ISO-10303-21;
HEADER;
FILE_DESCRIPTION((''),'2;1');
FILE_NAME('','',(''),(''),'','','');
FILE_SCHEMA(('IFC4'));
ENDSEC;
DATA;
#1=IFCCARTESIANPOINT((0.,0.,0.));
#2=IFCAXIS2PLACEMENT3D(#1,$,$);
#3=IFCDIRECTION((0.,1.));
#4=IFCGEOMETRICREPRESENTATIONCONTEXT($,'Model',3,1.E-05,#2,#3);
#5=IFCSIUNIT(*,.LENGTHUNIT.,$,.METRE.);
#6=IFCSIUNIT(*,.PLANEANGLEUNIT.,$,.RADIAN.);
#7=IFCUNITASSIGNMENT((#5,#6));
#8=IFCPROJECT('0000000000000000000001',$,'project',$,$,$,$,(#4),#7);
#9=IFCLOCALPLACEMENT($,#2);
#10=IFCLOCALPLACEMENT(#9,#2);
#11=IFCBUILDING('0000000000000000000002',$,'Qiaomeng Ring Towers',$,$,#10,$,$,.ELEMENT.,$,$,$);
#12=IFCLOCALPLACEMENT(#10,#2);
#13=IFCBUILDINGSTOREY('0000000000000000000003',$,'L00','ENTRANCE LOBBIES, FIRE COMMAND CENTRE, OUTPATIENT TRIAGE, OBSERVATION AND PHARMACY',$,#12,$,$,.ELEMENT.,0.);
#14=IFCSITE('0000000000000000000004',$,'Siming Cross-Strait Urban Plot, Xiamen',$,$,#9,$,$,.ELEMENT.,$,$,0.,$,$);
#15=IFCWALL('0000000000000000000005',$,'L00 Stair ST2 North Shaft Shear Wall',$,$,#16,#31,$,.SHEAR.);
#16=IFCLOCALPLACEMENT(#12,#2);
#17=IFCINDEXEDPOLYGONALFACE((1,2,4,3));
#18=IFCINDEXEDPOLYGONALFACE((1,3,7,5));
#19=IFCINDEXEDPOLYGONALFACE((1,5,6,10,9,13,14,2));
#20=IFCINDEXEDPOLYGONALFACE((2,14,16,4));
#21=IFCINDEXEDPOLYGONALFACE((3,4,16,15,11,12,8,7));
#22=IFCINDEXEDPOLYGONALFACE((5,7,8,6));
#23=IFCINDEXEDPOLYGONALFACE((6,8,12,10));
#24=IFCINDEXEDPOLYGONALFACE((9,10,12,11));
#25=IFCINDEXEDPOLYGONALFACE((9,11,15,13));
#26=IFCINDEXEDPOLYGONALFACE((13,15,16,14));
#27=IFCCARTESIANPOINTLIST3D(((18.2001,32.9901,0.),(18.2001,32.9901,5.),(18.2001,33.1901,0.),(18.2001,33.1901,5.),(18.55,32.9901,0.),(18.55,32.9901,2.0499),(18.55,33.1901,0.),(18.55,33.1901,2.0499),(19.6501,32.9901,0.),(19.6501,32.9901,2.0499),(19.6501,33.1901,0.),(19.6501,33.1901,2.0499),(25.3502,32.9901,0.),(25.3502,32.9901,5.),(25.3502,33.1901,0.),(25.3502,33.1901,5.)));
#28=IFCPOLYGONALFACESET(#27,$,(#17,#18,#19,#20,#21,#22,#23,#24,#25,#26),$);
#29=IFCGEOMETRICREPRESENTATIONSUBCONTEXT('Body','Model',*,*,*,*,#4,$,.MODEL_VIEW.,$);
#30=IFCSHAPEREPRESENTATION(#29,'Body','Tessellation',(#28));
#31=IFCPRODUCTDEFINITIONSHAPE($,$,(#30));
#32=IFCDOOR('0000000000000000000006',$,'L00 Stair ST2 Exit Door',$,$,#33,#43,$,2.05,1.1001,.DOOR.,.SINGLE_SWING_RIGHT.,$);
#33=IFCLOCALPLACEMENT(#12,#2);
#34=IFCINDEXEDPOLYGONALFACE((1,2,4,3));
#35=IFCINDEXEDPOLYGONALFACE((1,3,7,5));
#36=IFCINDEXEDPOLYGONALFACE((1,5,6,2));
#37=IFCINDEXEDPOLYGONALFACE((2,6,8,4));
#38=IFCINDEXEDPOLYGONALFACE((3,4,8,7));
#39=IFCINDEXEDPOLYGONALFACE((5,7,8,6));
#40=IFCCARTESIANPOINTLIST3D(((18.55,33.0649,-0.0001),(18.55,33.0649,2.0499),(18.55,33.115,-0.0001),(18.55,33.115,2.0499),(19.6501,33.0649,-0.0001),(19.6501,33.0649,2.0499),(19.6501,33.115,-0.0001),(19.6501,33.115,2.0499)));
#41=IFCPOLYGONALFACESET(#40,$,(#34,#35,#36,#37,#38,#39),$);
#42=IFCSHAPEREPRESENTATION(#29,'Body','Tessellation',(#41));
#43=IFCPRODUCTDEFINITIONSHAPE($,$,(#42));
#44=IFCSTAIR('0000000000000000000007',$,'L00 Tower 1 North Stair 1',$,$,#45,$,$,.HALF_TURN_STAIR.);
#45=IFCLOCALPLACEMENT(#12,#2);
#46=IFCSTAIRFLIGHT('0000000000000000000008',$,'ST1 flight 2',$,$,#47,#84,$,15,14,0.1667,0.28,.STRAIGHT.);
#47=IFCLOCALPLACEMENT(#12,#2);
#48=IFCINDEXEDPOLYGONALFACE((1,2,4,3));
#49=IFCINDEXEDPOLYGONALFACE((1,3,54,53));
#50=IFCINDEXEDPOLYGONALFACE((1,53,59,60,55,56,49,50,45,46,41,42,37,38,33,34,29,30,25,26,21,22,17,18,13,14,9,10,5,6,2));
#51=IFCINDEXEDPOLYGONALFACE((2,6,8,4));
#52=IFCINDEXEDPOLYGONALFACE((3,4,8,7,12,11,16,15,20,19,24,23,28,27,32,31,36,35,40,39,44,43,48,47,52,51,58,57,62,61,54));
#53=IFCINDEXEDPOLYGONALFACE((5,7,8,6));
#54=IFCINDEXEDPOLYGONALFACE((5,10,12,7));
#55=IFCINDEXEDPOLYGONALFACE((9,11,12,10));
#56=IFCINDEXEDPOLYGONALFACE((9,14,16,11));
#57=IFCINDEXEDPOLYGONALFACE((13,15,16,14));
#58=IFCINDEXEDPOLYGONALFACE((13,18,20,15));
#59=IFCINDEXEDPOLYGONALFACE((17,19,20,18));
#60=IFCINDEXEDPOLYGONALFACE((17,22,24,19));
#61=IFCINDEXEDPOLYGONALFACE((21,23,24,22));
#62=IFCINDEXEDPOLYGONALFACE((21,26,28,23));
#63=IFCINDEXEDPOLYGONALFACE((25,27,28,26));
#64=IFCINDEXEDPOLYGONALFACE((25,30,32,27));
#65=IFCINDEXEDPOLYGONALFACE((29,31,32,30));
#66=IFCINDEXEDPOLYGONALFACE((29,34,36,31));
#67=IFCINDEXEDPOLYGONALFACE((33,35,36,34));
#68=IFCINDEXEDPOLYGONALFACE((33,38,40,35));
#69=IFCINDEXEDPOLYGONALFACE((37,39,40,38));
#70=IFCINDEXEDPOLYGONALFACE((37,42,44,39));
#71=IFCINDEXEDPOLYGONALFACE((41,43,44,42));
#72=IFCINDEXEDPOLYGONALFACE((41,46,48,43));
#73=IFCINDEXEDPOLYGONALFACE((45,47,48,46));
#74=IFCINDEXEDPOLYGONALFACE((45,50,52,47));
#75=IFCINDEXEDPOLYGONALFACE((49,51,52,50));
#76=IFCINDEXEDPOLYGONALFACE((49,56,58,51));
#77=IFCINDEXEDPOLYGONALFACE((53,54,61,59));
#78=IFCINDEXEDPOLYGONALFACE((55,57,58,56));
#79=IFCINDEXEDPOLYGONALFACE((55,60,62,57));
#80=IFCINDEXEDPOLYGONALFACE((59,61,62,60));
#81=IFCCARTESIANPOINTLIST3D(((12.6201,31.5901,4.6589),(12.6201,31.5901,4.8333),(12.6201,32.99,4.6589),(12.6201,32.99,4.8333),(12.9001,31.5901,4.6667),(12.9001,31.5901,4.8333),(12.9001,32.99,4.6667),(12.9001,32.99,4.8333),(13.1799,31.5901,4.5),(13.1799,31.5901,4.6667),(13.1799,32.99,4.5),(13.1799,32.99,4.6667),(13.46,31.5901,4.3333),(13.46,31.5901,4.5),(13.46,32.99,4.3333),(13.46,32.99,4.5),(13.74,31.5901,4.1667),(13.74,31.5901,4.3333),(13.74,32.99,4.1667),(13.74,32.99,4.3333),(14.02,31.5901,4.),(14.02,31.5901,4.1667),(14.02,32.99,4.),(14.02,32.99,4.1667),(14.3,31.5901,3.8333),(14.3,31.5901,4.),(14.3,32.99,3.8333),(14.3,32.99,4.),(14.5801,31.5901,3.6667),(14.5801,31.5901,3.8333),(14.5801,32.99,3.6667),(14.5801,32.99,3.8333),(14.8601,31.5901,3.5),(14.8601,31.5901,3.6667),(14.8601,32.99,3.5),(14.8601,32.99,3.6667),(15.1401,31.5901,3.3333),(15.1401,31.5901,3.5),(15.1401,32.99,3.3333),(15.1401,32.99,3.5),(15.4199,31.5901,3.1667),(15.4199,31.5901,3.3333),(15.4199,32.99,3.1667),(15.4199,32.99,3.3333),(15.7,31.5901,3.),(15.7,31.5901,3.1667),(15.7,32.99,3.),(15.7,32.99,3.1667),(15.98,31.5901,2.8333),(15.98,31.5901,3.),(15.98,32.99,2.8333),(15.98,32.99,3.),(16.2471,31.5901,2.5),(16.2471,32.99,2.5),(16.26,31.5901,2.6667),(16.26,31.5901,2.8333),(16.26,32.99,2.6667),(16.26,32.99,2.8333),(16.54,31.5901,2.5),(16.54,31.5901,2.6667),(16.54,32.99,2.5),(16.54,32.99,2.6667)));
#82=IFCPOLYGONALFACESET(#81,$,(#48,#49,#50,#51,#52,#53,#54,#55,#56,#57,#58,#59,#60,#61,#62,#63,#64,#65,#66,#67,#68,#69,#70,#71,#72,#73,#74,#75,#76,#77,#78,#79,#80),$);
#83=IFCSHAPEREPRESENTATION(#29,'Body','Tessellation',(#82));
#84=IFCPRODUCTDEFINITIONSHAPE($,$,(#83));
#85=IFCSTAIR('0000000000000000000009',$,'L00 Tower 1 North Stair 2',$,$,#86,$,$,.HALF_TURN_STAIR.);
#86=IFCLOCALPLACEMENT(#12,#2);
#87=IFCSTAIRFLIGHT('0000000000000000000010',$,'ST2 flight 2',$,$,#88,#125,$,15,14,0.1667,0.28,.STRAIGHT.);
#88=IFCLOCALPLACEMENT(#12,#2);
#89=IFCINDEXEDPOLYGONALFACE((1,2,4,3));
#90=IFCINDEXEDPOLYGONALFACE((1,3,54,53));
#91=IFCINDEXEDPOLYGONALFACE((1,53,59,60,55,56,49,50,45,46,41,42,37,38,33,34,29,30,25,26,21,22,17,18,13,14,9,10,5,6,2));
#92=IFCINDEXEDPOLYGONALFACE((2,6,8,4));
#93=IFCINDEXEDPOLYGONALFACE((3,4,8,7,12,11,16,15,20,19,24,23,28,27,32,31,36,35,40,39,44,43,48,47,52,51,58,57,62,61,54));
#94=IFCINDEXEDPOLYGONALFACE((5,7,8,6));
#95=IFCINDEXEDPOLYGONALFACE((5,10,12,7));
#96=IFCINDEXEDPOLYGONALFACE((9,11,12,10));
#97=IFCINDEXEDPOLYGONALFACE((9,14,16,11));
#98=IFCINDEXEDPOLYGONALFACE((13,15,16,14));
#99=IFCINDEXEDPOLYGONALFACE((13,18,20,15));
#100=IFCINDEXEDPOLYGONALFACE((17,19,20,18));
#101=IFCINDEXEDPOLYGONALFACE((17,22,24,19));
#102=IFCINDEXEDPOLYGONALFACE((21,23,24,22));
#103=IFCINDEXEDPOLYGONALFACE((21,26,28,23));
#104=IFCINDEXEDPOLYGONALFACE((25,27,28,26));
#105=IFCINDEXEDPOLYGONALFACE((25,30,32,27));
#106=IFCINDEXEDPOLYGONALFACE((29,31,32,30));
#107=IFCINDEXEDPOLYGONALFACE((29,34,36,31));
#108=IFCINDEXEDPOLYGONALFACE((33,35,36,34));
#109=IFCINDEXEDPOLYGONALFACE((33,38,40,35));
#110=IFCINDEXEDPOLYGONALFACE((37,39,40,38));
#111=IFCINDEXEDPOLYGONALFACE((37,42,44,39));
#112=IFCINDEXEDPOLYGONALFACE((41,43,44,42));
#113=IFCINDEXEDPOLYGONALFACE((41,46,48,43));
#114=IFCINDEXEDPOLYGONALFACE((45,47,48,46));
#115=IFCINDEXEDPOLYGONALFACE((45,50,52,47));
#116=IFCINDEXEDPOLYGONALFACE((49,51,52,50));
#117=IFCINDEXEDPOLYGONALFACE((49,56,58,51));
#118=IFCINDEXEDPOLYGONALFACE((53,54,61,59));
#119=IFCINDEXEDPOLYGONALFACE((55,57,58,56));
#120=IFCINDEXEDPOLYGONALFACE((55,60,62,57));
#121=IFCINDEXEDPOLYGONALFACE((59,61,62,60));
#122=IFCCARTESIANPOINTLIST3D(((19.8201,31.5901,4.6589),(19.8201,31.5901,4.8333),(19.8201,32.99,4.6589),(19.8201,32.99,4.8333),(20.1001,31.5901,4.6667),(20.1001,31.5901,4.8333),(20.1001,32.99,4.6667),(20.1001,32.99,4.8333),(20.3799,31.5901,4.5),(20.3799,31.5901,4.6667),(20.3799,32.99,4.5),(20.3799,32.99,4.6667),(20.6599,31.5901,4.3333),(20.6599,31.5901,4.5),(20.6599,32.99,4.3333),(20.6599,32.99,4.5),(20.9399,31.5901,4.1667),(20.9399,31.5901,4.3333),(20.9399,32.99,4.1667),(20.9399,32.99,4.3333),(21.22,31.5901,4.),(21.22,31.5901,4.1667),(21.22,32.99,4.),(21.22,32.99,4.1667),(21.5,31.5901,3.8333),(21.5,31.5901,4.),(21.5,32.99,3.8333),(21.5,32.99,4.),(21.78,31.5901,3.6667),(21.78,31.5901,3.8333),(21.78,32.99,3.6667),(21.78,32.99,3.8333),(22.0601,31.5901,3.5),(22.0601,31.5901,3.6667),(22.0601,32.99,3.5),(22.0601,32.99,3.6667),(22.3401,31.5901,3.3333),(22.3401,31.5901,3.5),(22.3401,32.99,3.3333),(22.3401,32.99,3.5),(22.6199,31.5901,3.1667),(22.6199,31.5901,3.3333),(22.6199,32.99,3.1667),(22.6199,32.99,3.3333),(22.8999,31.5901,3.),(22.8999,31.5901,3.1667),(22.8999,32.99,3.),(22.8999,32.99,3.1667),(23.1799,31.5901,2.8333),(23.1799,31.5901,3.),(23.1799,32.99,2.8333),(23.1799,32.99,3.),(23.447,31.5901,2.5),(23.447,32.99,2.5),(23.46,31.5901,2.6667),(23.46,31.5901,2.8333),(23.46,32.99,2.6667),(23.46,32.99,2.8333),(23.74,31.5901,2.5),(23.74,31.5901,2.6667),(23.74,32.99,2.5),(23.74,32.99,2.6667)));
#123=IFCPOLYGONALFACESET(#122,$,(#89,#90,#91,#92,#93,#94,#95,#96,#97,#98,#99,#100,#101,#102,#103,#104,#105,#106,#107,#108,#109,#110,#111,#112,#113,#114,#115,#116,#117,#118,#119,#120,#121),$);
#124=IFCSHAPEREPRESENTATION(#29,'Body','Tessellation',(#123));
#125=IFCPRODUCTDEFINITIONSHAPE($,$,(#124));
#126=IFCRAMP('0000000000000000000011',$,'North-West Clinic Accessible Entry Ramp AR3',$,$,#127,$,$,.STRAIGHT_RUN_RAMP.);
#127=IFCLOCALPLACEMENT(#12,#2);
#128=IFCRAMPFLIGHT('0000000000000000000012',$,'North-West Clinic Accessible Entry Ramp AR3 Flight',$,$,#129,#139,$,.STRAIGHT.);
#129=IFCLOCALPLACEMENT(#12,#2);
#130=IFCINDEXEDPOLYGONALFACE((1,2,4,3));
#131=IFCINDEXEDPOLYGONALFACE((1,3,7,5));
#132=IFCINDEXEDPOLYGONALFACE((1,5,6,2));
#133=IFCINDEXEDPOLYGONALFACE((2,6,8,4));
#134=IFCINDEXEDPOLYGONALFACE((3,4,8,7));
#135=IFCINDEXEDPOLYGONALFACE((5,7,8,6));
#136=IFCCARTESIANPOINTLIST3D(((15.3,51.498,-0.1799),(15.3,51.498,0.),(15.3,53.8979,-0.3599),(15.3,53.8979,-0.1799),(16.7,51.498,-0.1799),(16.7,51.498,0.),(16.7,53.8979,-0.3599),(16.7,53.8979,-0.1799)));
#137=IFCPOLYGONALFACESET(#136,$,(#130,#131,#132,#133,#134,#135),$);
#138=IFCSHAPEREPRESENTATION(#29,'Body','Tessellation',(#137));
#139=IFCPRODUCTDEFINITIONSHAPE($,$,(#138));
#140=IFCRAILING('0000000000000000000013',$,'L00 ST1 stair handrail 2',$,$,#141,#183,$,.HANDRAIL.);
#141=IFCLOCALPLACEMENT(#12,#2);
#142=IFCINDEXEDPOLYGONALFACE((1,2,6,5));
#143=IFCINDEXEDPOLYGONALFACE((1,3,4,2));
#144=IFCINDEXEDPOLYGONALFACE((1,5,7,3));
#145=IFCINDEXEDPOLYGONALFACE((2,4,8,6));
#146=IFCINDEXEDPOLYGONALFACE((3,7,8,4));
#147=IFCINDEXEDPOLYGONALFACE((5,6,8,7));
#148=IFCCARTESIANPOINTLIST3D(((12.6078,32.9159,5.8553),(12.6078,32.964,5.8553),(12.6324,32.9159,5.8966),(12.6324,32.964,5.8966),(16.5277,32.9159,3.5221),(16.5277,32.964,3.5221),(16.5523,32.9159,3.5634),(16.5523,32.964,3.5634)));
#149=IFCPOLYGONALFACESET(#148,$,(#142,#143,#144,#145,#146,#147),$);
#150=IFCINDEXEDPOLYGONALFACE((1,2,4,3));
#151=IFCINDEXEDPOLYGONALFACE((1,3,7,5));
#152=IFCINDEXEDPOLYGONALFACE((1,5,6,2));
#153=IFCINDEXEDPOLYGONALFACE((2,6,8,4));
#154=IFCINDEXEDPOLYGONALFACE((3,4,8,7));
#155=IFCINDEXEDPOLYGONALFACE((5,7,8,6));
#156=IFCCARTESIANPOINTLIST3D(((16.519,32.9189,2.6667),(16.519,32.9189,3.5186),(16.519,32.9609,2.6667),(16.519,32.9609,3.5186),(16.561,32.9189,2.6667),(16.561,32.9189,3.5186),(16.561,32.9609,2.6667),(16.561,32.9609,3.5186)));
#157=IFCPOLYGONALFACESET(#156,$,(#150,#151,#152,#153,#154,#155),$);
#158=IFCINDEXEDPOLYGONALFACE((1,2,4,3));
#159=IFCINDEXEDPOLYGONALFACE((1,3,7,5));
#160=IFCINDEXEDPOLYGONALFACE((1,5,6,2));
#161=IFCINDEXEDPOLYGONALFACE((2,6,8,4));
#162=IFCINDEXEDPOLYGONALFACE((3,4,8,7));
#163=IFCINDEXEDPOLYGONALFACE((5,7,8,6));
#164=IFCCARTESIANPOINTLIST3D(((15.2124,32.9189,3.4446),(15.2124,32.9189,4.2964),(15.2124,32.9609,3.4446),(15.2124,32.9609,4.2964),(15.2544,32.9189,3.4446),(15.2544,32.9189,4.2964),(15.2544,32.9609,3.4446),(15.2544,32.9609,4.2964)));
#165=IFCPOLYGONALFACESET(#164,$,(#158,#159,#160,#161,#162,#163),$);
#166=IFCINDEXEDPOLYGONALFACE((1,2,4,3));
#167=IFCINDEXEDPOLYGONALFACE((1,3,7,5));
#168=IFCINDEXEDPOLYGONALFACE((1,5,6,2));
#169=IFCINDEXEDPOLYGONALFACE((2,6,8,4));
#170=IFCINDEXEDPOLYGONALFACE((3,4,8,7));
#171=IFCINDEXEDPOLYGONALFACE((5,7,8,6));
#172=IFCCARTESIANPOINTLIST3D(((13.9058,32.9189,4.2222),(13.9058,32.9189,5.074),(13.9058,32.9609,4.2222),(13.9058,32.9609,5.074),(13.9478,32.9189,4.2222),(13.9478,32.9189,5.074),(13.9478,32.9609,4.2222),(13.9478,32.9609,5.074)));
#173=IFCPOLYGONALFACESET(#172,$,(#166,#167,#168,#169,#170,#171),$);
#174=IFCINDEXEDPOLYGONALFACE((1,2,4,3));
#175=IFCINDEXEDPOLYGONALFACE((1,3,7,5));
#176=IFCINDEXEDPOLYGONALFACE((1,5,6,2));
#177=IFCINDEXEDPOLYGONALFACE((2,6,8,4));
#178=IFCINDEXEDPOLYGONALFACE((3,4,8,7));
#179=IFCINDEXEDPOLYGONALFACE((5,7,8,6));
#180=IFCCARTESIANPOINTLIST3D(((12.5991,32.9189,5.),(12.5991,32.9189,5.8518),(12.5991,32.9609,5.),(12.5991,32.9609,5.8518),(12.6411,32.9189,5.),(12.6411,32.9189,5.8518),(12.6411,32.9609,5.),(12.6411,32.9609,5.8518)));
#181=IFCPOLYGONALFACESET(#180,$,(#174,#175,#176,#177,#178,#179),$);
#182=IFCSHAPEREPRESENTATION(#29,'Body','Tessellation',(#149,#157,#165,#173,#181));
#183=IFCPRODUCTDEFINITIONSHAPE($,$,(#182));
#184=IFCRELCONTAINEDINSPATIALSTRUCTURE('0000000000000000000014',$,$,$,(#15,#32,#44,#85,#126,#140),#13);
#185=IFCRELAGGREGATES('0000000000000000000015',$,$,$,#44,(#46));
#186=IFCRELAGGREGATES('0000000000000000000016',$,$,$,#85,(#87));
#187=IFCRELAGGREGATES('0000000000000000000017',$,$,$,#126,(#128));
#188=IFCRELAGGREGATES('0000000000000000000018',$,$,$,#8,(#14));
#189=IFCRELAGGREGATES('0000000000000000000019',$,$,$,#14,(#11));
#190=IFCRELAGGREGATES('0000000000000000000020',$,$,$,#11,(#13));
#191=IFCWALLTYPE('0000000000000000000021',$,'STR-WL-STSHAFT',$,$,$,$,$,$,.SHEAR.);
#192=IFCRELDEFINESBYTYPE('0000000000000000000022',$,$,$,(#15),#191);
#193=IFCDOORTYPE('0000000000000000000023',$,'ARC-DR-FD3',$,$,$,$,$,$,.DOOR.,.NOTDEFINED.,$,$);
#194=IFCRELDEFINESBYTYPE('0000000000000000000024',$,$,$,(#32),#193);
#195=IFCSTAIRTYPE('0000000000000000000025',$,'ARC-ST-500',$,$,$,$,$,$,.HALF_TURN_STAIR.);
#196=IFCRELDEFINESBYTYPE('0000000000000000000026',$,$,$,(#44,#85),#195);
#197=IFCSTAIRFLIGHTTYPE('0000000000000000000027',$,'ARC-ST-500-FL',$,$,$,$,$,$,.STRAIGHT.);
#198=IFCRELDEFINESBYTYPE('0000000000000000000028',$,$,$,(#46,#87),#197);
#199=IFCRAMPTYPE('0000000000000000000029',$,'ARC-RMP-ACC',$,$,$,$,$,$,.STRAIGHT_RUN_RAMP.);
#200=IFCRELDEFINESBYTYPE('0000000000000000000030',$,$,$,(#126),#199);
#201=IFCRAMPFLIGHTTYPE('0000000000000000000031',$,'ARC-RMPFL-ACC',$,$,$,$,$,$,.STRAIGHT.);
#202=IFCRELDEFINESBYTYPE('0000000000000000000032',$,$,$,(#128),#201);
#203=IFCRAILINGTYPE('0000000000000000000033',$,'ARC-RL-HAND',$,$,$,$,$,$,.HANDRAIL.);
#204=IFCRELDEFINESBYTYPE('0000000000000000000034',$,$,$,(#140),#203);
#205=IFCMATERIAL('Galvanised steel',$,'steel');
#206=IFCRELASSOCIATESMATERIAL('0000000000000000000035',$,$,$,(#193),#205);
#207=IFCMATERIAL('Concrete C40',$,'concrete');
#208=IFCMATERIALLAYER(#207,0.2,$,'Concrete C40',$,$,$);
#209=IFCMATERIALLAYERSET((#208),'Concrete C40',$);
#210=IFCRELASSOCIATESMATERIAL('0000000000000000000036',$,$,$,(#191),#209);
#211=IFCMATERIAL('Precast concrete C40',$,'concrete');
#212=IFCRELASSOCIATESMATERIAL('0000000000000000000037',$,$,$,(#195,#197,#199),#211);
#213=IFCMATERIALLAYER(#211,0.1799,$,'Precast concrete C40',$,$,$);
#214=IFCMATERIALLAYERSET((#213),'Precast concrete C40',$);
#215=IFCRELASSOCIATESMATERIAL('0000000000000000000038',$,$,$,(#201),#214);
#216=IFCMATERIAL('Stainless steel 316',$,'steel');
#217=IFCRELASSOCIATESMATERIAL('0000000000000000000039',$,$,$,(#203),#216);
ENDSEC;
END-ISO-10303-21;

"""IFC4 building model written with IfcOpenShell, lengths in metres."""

from ifc_helpers import new_model, si_unit, direction, frame, frame_2d, origin, origin_2d, place, context, subcontext, project, spatial, polyline, rectangle, outline, extrude, source, transform, mapped, material, layer, layer_set, type_object, element, fill, aggregate, save


model = new_model("IFC4")

# Units and contexts
model_context = context("Model", 3, precision=1e-05, world=origin(), true_north=direction((0.0, 1.0)))
body_context = subcontext(model_context, "Body", "Model", "MODEL_VIEW")
ifc_project = project(units=[si_unit("LENGTHUNIT", "METRE"), si_unit("PLANEANGLEUNIT", "RADIAN")], contexts=[model_context])

# Site, building, storey
site_placement = place(None, origin())
site = spatial("IfcSite", under=ifc_project, at=site_placement, Name="Siming Cross-Strait Urban Plot, Xiamen", CompositionType="ELEMENT", RefElevation=0.0)
building_placement = place(site_placement, origin())
building = spatial("IfcBuilding", under=site, at=building_placement, Name="Qiaomeng Ring Towers", CompositionType="ELEMENT")
storey_placement = place(building_placement, origin())
storey = spatial("IfcBuildingStorey", under=building, at=storey_placement, Name="L00", Description="ENTRANCE LOBBIES, FIRE COMMAND CENTRE, OUTPATIENT TRIAGE, OBSERVATION AND PHARMACY", CompositionType="ELEMENT", Elevation=0.0)

# Shared definitions
ifc_material_1 = material(Name="Precast concrete C40", Category="concrete")

# Shared definitions
ifc_material_2 = material(Name="Galvanised steel", Category="steel")
door_type_1 = type_object("IfcDoorType", Name="ARC-DR-FD3", OperationType="NOTDEFINED", PredefinedType="DOOR", material=ifc_material_2)
shared_shape_1 = source(origin(), body_context, "Body", "SweptSolid", [
    extrude(rectangle(XDim=1.1001, YDim=2.05, at=frame_2d((0.55, 1.0249))), frame((0.0, 0.0249, 0.0), z_axis=(0.0, -1.0, 0.0), x_axis=(1.0, 0.0, 0.0)), (0.0, 0.0, 1.0), 0.05),
])

# Shared definitions
ifc_material_3 = material(Name="Concrete C40", Category="concrete")
ifc_layer_1 = layer(ifc_material_3, 0.2, Name="Concrete C40")
ifc_layer_set_1 = layer_set([ifc_layer_1], Name="Concrete C40")
wall_type_1 = type_object("IfcWallType", Name="STR-WL-STSHAFT", PredefinedType="SHEAR", material=ifc_layer_set_1)

# Wall, opening, door
wall_1_placement = place(storey_placement, frame((18.2, 33.0901, 0.0), z_axis=(0.0, 0.0, 1.0), x_axis=(1.0, 0.0, 0.0)))
wall_1 = element("IfcWall", 1, at=wall_1_placement, inside=storey, type_object=wall_type_1, Name="L00 Stair ST2 North Shaft Shear Wall", PredefinedType="SHEAR", context=body_context, shape_type="SweptSolid", body=[
    extrude(rectangle(XDim=7.1501, YDim=0.2, at=frame_2d((3.5752, 0.0))), origin(), (0.0, 0.0, 1.0), 5.0),
])
opening_1_placement = place(wall_1_placement, frame((0.3501, 0.0, 0.0)))
opening_1 = element("IfcOpeningElement", 2, at=opening_1_placement, cuts=wall_1, PredefinedType="OPENING", context=body_context, shape_type="SweptSolid", body=[
    extrude(rectangle(XDim=1.1001, YDim=2.05, at=frame_2d((0.55, 1.0249))), frame((0.0, 0.1099, 0.0), z_axis=(0.0, -1.0, 0.0), x_axis=(1.0, 0.0, 0.0)), (0.0, 0.0, 1.0), 0.22),
])
door_1_placement = place(opening_1_placement, origin())
door_1 = element("IfcDoor", 3, at=door_1_placement, inside=storey, type_object=door_type_1, Name="L00 Stair ST2 Exit Door", OperationType="SINGLE_SWING_RIGHT", OverallHeight=2.05, OverallWidth=1.1001, PredefinedType="DOOR", context=body_context, shape_type="MappedRepresentation", body=[
    mapped(shared_shape_1, transform((0.0, 0.0, 0.0), x_axis=(1.0, 0.0, 0.0), y_axis=(0.0, 1.0, 0.0), z_axis=(0.0, 0.0, 1.0), scale=1.0)),
])
fill(opening_1, door_1)

# Stairs, stair flights
stair_type = type_object("IfcStairType", Name="ARC-ST-500", PredefinedType="HALF_TURN_STAIR", material=ifc_material_1)
stair_1_placement = place(storey_placement, origin())
stair_1 = element("IfcStair", 4, at=stair_1_placement, inside=storey, type_object=stair_type, Name="L00 Tower 1 North Stair 1", PredefinedType="HALF_TURN_STAIR")
stair_flight_type = type_object("IfcStairFlightType", Name="ARC-ST-500-FL", PredefinedType="STRAIGHT", material=ifc_material_1)
shared_shape_2 = source(origin(), body_context, "Body", "SweptSolid", [
    extrude(outline(polyline([(0.0, 0.0), (0.0, 0.1667), (0.28, 0.1667), (0.28, 0.3333), (0.5601, 0.3333), (0.5601, 0.5), (0.8401, 0.5), (0.8401, 0.6667), (1.1201, 0.6667), (1.1201, 0.8333), (1.3999, 0.8333), (1.3999, 1.0), (1.6799, 1.0), (1.6799, 1.1667), (1.96, 1.1667), (1.96, 1.3333), (2.24, 1.3333), (2.24, 1.5), (2.52, 1.5), (2.52, 1.6667), (2.8, 1.6667), (2.8, 1.8333), (3.0801, 1.8333), (3.0801, 2.0), (3.3601, 2.0), (3.3601, 2.1667), (3.6399, 2.1667), (3.6399, 2.3333), (3.9199, 2.3333), (3.9199, 2.5), (3.9199, 2.1589), (0.293, 0.0), (0.0, 0.0)])), frame((0.0, 0.7, 0.0), z_axis=(0.0, -1.0, 0.0), x_axis=(1.0, 0.0, 0.0)), (0.0, 0.0, 1.0), 1.3999),
])
stair_flight_1_placement = place(storey_placement, frame((16.54, 32.29, 2.5), z_axis=(0.0, 0.0, 1.0), x_axis=(-1.0, 0.0, 0.0)))
stair_flight_1 = element("IfcStairFlight", 5, at=stair_flight_1_placement, type_object=stair_flight_type, Name="ST1 flight 2", NumberOfRisers=15, NumberOfTreads=14, PredefinedType="STRAIGHT", RiserHeight=0.1667, TreadLength=0.28, context=body_context, shape_type="MappedRepresentation", body=[
    mapped(shared_shape_2, transform((0.0, 0.0, 0.0), x_axis=(1.0, 0.0, 0.0), y_axis=(0.0, 1.0, 0.0), z_axis=(0.0, 0.0, 1.0), scale=1.0)),
])
aggregate(stair_1, [stair_flight_1])
stair_2_placement = place(storey_placement, origin())
stair_2 = element("IfcStair", 6, at=stair_2_placement, inside=storey, type_object=stair_type, Name="L00 Tower 1 North Stair 2", PredefinedType="HALF_TURN_STAIR")
stair_flight_2_placement = place(storey_placement, frame((23.74, 32.29, 2.5), z_axis=(0.0, 0.0, 1.0), x_axis=(-1.0, 0.0, 0.0)))
stair_flight_2 = element("IfcStairFlight", 7, at=stair_flight_2_placement, type_object=stair_flight_type, Name="ST2 flight 2", NumberOfRisers=15, NumberOfTreads=14, PredefinedType="STRAIGHT", RiserHeight=0.1667, TreadLength=0.28, context=body_context, shape_type="MappedRepresentation", body=[
    mapped(shared_shape_2, transform((0.0, 0.0, 0.0), x_axis=(1.0, 0.0, 0.0), y_axis=(0.0, 1.0, 0.0), z_axis=(0.0, 0.0, 1.0), scale=1.0)),
])
aggregate(stair_2, [stair_flight_2])

# Ramp, ramp flight
ramp_type = type_object("IfcRampType", Name="ARC-RMP-ACC", PredefinedType="STRAIGHT_RUN_RAMP", material=ifc_material_1)
ramp_placement = place(storey_placement, origin())
ramp = element("IfcRamp", 8, at=ramp_placement, inside=storey, type_object=ramp_type, Name="North-West Clinic Accessible Entry Ramp AR3", PredefinedType="STRAIGHT_RUN_RAMP")
ifc_layer_2 = layer(ifc_material_1, 0.1799, Name="Precast concrete C40")
ifc_layer_set_2 = layer_set([ifc_layer_2], Name="Precast concrete C40")
ramp_flight_type = type_object("IfcRampFlightType", Name="ARC-RMPFL-ACC", PredefinedType="STRAIGHT", material=ifc_layer_set_2)
ramp_flight_placement = place(storey_placement, frame((16.0, 53.8979, -0.1799), z_axis=(0.0, 0.0, 1.0), x_axis=(0.0, -1.0, 0.0)))
ramp_flight = element("IfcRampFlight", 9, at=ramp_flight_placement, type_object=ramp_flight_type, Name="North-West Clinic Accessible Entry Ramp AR3 Flight", PredefinedType="STRAIGHT", context=body_context, shape_type="SweptSolid", body=[
    extrude(outline(polyline([(0.0, 0.0), (2.3999, 0.1799), (2.3999, 0.0), (0.0, -0.1799), (0.0, 0.0)])), frame((0.0, 0.7, 0.0), z_axis=(0.0, -1.0, 0.0), x_axis=(1.0, 0.0, 0.0)), (0.0, 0.0, 1.0), 1.3999),
])
aggregate(ramp, [ramp_flight])

# Railing
ifc_material_4 = material(Name="Stainless steel 316", Category="steel")
railing_type = type_object("IfcRailingType", Name="ARC-RL-HAND", PredefinedType="HANDRAIL", material=ifc_material_4)
for number, where, name in (
    (10, (16.54, 32.9399, 2.6667), "L00 ST1 stair handrail 2"),
):
    element("IfcRailing", number, at=place(storey_placement, frame(where)), inside=storey, type_object=railing_type, Name=name, PredefinedType="HANDRAIL", context=body_context, shape_type="SweptSolid", body=[
        extrude(rectangle(XDim=0.0481, YDim=0.0481, at=origin_2d()), frame((0.0, 0.0, 0.876), z_axis=(-0.859296, 0.0, 0.511478), x_axis=(0.0, -1.0, 0.0)), (0.0, 0.0, 1.0), 4.5618),
        extrude(rectangle(XDim=0.042, YDim=0.042, at=origin_2d()), origin(), (0.0, 0.0, 1.0), 0.8518),
        extrude(rectangle(XDim=0.042, YDim=0.042, at=origin_2d()), frame((-1.3066, 0.0, 0.7778)), (0.0, 0.0, 1.0), 0.8518),
        extrude(rectangle(XDim=0.042, YDim=0.042, at=origin_2d()), frame((-2.6133, 0.0, 1.5554)), (0.0, 0.0, 1.0), 0.8518),
        extrude(rectangle(XDim=0.042, YDim=0.042, at=origin_2d()), frame((-3.9199, 0.0, 2.3333)), (0.0, 0.0, 1.0), 0.8518),
    ])

save(model, "model.ifc")
